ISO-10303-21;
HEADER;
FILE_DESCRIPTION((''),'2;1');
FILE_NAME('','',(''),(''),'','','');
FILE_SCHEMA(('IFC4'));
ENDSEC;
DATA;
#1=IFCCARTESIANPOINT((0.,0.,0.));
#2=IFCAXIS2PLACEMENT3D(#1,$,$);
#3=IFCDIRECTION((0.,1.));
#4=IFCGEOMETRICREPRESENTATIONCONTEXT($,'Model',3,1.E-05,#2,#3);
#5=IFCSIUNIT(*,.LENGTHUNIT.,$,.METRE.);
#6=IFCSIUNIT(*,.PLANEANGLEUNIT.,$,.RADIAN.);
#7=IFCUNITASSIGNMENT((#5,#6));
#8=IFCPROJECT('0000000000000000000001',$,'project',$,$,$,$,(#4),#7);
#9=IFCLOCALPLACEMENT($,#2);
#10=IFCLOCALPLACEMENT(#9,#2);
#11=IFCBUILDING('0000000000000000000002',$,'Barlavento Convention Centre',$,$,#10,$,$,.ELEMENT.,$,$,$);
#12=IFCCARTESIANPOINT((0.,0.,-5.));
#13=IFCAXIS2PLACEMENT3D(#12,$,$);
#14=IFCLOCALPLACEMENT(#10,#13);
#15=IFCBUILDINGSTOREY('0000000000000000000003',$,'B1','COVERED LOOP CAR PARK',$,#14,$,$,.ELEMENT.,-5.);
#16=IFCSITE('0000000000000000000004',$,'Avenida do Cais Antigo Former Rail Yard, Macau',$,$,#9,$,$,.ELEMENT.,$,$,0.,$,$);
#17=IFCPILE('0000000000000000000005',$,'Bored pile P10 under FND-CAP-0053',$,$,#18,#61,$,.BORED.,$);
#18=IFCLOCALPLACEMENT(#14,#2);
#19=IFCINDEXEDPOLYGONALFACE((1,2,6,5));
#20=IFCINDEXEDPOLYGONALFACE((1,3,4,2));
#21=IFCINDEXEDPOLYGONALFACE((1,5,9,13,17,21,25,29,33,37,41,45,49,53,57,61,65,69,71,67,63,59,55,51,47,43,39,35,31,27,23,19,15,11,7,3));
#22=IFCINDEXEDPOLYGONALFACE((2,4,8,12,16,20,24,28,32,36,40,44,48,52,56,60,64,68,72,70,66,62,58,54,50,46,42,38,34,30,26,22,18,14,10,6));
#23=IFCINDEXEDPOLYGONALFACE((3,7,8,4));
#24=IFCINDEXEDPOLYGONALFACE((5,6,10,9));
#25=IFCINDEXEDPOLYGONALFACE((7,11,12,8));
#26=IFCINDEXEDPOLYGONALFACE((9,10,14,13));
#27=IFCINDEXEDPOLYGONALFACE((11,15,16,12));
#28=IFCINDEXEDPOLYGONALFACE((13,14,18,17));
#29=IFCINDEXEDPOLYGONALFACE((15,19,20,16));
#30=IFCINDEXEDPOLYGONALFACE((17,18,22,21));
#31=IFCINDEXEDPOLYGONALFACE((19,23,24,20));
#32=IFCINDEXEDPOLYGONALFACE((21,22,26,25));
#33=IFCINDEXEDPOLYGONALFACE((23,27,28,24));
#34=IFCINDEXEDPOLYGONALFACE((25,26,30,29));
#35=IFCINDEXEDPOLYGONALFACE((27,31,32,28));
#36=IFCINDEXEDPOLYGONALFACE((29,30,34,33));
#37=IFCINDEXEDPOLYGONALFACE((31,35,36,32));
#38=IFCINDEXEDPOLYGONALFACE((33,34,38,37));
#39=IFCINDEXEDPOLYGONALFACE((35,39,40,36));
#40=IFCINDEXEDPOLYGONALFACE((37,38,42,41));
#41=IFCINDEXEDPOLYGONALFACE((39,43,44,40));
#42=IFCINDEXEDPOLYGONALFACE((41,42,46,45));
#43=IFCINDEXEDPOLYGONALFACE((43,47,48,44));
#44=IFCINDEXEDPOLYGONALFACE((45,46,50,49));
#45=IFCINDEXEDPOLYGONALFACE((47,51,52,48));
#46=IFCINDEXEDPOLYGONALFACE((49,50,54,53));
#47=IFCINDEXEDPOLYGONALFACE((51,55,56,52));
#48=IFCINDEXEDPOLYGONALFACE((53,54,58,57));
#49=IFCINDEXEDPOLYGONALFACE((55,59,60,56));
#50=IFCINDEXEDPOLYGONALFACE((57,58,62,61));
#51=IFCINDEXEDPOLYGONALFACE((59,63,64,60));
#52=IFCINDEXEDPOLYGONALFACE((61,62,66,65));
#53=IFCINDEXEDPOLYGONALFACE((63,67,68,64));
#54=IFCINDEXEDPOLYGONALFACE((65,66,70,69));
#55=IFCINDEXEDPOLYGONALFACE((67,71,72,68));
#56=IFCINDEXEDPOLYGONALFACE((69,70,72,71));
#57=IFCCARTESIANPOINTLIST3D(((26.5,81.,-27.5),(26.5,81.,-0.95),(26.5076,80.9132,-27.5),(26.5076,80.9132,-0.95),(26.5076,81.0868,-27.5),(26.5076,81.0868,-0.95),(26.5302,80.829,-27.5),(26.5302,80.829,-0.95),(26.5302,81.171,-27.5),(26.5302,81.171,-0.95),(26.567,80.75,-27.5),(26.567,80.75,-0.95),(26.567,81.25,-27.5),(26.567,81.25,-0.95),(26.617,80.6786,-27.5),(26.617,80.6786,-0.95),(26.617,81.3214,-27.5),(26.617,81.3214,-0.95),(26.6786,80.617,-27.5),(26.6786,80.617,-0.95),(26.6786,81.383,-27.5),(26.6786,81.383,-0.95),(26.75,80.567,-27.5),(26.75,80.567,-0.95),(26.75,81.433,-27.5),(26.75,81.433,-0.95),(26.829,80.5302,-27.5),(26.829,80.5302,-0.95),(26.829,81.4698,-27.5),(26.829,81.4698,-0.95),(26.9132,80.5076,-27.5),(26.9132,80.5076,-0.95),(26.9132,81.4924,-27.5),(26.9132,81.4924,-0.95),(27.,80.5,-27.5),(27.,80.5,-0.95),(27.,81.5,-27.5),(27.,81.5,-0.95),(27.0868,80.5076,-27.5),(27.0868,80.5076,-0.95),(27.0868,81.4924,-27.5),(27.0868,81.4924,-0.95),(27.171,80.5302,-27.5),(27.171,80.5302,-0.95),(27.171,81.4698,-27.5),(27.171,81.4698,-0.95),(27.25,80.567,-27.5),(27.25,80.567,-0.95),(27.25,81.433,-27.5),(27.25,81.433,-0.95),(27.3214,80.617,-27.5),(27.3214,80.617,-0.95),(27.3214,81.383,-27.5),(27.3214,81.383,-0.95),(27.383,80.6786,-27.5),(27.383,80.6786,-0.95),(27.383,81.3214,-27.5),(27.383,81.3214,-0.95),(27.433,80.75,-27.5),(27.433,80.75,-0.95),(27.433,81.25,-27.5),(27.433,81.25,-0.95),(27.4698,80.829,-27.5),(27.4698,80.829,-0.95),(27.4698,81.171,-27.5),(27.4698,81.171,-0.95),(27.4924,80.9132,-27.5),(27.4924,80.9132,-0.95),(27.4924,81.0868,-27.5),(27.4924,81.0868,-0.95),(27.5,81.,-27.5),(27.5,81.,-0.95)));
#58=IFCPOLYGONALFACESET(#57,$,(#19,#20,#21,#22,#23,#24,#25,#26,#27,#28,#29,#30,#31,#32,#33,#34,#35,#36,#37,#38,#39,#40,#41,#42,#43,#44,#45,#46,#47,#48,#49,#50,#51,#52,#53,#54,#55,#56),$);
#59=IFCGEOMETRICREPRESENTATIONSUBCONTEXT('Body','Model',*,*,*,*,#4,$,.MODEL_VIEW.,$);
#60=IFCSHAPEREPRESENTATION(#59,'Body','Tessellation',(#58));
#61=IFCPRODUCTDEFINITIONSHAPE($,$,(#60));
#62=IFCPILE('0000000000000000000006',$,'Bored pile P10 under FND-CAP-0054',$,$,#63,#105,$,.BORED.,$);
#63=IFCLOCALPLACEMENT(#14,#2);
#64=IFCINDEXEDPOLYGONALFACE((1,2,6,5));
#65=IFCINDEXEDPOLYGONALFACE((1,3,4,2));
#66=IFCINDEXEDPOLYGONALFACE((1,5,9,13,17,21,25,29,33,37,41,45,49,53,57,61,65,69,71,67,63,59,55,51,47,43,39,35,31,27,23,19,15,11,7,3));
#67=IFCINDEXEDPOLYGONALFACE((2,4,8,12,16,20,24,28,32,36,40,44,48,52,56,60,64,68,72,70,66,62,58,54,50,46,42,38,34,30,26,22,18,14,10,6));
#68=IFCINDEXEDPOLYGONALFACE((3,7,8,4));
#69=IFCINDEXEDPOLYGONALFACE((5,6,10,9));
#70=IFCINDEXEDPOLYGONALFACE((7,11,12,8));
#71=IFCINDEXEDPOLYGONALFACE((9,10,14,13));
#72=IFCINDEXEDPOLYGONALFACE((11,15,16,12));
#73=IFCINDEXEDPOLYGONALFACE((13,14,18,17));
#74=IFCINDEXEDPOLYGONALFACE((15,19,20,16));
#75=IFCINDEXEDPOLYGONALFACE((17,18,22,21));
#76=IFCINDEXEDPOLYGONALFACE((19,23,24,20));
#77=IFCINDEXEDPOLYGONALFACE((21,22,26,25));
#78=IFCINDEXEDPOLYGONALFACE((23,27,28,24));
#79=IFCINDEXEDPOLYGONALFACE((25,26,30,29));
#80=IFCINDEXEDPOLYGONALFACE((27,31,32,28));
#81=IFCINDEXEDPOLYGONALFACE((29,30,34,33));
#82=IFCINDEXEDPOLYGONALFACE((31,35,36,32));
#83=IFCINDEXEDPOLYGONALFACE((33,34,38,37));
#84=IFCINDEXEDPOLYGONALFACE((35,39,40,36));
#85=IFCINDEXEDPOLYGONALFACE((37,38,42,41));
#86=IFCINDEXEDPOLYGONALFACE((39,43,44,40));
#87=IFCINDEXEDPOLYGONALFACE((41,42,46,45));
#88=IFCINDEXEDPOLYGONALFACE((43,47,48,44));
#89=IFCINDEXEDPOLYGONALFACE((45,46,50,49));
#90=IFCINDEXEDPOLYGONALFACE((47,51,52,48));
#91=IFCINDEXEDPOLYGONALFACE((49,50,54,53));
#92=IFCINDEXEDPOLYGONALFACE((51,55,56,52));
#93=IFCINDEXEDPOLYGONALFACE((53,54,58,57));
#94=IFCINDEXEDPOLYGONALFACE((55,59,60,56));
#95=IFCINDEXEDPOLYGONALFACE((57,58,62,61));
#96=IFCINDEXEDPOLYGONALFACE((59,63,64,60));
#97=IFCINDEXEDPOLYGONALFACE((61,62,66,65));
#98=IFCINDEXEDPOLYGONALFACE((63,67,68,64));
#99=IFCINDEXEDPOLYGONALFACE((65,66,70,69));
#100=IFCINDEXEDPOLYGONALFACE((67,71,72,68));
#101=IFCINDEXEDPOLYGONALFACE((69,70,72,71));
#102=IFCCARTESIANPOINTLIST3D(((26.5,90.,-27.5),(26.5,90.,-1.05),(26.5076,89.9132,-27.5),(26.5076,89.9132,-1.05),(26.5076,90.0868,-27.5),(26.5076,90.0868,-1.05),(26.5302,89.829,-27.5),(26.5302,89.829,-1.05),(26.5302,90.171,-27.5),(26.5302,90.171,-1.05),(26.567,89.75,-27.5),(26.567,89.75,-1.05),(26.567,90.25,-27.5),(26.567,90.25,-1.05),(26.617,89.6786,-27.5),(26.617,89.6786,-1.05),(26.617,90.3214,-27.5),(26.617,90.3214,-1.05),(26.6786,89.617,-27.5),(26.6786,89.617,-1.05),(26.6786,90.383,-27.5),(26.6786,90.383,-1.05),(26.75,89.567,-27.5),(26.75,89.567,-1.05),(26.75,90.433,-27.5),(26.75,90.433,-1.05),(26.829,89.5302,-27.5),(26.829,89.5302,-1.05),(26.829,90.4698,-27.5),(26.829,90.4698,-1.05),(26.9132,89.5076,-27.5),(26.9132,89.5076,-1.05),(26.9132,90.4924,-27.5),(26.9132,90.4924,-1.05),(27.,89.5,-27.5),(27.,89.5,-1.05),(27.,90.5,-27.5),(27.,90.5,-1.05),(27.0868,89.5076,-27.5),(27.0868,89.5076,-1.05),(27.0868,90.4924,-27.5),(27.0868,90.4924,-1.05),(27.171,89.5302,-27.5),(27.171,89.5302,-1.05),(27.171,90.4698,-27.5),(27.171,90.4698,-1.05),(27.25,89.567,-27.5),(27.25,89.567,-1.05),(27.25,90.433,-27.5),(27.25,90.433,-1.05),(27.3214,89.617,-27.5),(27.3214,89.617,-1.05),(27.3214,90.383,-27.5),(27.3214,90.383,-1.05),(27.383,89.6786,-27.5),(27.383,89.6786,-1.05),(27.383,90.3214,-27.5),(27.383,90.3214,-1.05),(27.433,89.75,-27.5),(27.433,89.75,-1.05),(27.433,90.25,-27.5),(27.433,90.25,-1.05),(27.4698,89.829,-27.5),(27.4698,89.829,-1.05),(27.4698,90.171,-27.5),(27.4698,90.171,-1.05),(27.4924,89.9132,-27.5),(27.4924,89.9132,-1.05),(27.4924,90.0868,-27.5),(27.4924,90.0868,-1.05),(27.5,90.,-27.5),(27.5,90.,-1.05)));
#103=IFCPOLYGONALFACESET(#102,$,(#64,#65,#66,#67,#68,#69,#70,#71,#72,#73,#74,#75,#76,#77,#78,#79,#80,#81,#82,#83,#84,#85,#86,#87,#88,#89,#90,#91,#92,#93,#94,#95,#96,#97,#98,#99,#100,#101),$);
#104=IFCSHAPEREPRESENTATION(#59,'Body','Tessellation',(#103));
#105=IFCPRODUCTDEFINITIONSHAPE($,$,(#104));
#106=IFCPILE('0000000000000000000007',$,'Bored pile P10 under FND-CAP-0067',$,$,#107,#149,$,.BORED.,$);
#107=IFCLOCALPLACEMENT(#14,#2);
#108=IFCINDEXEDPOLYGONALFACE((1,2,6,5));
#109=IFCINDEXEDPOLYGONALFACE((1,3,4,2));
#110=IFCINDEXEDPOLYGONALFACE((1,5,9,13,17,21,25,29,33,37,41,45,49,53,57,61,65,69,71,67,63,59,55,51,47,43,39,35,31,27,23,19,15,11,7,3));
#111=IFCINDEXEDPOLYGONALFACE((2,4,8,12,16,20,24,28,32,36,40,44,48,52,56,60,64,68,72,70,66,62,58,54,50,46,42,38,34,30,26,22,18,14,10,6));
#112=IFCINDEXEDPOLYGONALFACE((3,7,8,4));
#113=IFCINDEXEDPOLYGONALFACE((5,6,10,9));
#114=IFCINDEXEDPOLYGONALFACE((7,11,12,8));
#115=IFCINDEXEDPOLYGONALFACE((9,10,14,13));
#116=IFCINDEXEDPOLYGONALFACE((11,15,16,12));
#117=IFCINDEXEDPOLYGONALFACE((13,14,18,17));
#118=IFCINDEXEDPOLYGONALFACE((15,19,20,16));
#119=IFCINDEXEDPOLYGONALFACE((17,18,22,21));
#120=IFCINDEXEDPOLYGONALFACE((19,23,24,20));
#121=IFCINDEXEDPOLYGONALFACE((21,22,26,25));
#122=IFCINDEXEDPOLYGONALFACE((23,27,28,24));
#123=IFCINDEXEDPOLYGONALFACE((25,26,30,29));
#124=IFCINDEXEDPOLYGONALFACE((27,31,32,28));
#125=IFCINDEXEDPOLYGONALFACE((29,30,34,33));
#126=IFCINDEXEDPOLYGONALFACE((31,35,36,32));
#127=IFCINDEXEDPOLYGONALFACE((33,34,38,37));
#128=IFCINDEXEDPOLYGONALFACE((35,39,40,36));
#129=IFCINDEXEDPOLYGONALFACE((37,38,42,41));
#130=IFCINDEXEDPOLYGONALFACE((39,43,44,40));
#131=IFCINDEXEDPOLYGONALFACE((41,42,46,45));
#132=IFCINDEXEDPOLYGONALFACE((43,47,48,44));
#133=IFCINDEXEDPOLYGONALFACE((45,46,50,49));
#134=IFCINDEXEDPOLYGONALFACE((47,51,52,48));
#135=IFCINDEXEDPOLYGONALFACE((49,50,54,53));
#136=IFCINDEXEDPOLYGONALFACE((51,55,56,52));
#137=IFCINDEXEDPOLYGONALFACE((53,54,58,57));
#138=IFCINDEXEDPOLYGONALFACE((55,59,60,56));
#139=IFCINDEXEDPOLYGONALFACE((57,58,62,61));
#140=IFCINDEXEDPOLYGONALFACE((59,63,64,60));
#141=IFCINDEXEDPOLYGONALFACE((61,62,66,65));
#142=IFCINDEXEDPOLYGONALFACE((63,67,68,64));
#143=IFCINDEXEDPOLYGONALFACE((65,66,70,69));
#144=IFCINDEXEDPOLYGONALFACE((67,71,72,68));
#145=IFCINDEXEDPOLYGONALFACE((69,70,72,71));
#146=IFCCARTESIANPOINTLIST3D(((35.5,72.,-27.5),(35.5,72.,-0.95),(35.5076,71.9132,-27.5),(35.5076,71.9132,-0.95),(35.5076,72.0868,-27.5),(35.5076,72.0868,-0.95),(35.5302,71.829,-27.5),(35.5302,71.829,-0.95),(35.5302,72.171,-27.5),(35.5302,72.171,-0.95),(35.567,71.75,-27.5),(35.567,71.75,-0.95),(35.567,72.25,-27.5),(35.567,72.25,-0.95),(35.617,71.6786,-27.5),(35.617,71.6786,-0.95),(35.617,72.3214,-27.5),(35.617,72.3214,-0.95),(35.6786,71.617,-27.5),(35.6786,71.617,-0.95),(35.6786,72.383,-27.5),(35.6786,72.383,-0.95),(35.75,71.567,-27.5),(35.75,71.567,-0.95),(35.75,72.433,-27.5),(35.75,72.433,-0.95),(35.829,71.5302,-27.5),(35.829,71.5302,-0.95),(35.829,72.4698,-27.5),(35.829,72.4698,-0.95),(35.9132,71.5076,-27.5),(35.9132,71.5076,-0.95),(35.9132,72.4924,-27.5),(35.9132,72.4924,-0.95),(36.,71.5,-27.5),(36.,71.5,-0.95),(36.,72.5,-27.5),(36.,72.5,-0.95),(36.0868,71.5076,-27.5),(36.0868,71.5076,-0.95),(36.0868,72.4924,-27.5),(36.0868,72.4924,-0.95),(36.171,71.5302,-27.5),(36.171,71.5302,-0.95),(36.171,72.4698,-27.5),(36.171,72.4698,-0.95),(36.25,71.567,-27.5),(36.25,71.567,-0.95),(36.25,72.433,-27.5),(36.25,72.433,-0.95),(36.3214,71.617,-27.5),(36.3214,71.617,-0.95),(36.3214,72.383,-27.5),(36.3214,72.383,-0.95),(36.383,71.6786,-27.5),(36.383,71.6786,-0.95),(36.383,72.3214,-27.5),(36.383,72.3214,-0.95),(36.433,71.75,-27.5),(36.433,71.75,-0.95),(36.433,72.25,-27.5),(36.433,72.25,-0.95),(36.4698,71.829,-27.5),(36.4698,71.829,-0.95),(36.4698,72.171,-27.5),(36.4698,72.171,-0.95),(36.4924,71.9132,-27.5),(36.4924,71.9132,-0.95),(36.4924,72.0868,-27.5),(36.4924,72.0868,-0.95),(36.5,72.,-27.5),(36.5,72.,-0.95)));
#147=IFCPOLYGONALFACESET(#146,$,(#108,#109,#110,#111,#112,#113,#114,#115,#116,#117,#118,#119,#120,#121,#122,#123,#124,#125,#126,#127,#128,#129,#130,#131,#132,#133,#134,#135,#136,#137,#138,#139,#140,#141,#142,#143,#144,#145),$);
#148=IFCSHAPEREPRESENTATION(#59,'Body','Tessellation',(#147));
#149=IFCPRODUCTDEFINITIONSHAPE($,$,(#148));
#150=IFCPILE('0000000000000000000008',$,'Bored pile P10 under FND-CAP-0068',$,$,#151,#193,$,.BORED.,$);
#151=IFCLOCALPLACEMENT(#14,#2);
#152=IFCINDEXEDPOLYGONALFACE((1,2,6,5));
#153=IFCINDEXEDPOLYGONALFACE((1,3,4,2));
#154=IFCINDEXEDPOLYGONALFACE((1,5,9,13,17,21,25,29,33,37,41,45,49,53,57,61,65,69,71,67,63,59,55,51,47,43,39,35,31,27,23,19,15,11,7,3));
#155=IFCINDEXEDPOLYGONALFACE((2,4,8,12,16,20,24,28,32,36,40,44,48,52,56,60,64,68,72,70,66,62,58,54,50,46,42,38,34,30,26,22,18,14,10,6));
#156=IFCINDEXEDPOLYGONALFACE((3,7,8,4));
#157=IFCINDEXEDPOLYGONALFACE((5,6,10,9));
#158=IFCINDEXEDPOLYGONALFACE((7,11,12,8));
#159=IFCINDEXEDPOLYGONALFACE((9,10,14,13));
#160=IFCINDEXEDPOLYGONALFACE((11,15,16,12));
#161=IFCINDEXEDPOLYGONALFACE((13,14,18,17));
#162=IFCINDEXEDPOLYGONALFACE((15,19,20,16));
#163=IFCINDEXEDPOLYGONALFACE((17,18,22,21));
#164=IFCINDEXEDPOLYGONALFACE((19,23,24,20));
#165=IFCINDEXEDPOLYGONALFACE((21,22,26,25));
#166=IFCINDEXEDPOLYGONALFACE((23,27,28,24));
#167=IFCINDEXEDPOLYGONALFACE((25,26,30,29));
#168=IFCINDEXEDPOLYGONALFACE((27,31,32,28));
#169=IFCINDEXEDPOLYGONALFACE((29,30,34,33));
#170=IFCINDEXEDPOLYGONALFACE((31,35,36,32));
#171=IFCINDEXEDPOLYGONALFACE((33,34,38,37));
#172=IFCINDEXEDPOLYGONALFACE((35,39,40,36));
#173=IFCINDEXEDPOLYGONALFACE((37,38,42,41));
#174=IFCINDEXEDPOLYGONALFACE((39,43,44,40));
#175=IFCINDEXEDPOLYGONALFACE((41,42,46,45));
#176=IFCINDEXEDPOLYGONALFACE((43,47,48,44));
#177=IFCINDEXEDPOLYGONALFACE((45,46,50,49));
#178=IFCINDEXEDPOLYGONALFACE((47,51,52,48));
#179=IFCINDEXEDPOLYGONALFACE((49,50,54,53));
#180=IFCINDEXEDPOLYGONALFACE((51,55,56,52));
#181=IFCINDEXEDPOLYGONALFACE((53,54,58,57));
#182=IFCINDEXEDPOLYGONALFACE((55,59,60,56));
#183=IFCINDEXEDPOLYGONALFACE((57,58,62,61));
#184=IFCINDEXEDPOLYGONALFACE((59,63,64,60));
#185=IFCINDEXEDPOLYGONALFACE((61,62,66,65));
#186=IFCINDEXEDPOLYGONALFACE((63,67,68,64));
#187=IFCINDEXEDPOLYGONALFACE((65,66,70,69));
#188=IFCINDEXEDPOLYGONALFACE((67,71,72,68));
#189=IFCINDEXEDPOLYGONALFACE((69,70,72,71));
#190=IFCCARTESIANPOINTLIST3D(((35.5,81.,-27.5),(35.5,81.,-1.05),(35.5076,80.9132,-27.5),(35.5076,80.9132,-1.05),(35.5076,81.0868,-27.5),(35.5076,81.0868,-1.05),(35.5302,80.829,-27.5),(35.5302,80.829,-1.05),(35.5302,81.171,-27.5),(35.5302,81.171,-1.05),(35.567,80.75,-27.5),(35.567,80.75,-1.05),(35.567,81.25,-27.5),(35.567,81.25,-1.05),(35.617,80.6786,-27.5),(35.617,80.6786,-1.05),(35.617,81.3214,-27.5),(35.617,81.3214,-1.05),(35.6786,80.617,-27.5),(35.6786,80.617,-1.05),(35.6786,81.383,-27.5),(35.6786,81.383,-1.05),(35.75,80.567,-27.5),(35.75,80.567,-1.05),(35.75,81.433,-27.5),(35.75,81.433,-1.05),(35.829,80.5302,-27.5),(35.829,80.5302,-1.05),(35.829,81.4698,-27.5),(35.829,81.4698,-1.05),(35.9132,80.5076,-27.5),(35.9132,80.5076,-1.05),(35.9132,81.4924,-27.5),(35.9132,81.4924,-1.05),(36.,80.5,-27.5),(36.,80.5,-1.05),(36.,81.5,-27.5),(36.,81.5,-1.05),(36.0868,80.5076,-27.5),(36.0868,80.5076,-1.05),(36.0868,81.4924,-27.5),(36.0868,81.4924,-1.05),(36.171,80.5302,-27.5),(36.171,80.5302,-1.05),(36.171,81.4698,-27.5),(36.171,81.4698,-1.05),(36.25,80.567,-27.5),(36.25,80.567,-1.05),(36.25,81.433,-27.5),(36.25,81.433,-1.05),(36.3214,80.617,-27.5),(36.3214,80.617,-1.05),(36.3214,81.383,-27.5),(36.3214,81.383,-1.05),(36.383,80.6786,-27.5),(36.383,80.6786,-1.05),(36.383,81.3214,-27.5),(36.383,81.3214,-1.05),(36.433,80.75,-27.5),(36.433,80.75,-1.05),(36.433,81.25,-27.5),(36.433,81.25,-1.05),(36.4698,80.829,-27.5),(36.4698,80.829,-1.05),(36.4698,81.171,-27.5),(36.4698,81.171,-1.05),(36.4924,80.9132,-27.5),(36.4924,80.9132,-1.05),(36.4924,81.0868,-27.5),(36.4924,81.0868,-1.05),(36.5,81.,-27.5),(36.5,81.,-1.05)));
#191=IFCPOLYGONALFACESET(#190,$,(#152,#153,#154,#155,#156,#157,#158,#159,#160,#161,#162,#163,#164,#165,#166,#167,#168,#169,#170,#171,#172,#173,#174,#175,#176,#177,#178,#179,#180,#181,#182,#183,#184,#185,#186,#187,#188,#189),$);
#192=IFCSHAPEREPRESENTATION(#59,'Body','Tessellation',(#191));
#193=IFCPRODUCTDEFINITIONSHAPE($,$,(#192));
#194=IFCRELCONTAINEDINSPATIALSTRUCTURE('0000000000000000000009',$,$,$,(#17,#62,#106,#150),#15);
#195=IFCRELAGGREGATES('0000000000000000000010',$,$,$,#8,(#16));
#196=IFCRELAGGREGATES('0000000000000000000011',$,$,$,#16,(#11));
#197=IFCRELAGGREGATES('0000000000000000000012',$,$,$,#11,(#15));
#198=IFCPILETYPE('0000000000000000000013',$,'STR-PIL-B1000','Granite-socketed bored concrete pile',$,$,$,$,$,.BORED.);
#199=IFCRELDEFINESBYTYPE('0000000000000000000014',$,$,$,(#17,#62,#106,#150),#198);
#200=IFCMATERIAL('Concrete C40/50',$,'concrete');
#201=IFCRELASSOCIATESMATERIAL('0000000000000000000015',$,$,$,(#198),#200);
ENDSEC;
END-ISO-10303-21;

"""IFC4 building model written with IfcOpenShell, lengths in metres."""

from ifc_helpers import new_model, si_unit, direction, frame, origin, origin_2d, place, context, subcontext, project, spatial, circle, extrude, material, material_profile, profile_set, type_object, element, save


model = new_model("IFC4")

# Units and contexts
model_context = context("Model", 3, precision=1e-05, world=origin(), true_north=direction((0.0, 1.0)))
body_context = subcontext(model_context, "Body", "Model", "MODEL_VIEW")
ifc_project = project(units=[si_unit("LENGTHUNIT", "METRE"), si_unit("PLANEANGLEUNIT", "RADIAN")], contexts=[model_context])

# Site, building, storey
site_placement = place(None, origin())
site = spatial("IfcSite", under=ifc_project, at=site_placement, Name="Avenida do Cais Antigo Former Rail Yard, Macau", CompositionType="ELEMENT", RefElevation=0.0)
building_placement = place(site_placement, origin())
building = spatial("IfcBuilding", under=site, at=building_placement, Name="Barlavento Convention Centre", CompositionType="ELEMENT")
storey_placement = place(building_placement, frame((0.0, 0.0, -5.0)))
storey = spatial("IfcBuildingStorey", under=building, at=storey_placement, Name="B1", Description="COVERED LOOP CAR PARK", CompositionType="ELEMENT", Elevation=-5.0)

# Shared definitions
ifc_material_1 = material(Name="Concrete C40/50", Category="concrete")

# Piles
ifc_material_profile_1 = material_profile(ifc_material_1, circle(Radius=0.5, at=origin_2d()), Name="BORED PILE 1000")
ifc_profile_set_1 = profile_set([ifc_material_profile_1], Name="Concrete C40/50")
pile_type_1 = type_object("IfcPileType", Name="STR-PIL-B1000", Description="Granite-socketed bored concrete pile", PredefinedType="BORED", material=ifc_profile_set_1)
pile_1_placement = place(storey_placement, frame((27.0, 81.0, -0.95), z_axis=(0.0, 0.0, -1.0), x_axis=(1.0, 0.0, 0.0)))
element("IfcPile", 1, at=pile_1_placement, inside=storey, type_object=pile_type_1, Name="Bored pile P10 under FND-CAP-0053", PredefinedType="BORED", context=body_context, shape_type="SweptSolid", body=[
    extrude(circle(Radius=0.5, at=origin_2d()), origin(), (0.0, 0.0, 1.0), 26.55),
])
pile_2_placement = place(storey_placement, frame((27.0, 90.0, -1.05), z_axis=(0.0, 0.0, -1.0), x_axis=(1.0, 0.0, 0.0)))
element("IfcPile", 2, at=pile_2_placement, inside=storey, type_object=pile_type_1, Name="Bored pile P10 under FND-CAP-0054", PredefinedType="BORED", context=body_context, shape_type="SweptSolid", body=[
    extrude(circle(Radius=0.5, at=origin_2d()), origin(), (0.0, 0.0, 1.0), 26.45),
])
pile_3_placement = place(storey_placement, frame((36.0, 72.0, -0.95), z_axis=(0.0, 0.0, -1.0), x_axis=(1.0, 0.0, 0.0)))
element("IfcPile", 3, at=pile_3_placement, inside=storey, type_object=pile_type_1, Name="Bored pile P10 under FND-CAP-0067", PredefinedType="BORED", context=body_context, shape_type="SweptSolid", body=[
    extrude(circle(Radius=0.5, at=origin_2d()), origin(), (0.0, 0.0, 1.0), 26.55),
])
pile_4_placement = place(storey_placement, frame((36.0, 81.0, -1.05), z_axis=(0.0, 0.0, -1.0), x_axis=(1.0, 0.0, 0.0)))
element("IfcPile", 4, at=pile_4_placement, inside=storey, type_object=pile_type_1, Name="Bored pile P10 under FND-CAP-0068", PredefinedType="BORED", context=body_context, shape_type="SweptSolid", body=[
    extrude(circle(Radius=0.5, at=origin_2d()), origin(), (0.0, 0.0, 1.0), 26.45),
])

save(model, "model.ifc")
